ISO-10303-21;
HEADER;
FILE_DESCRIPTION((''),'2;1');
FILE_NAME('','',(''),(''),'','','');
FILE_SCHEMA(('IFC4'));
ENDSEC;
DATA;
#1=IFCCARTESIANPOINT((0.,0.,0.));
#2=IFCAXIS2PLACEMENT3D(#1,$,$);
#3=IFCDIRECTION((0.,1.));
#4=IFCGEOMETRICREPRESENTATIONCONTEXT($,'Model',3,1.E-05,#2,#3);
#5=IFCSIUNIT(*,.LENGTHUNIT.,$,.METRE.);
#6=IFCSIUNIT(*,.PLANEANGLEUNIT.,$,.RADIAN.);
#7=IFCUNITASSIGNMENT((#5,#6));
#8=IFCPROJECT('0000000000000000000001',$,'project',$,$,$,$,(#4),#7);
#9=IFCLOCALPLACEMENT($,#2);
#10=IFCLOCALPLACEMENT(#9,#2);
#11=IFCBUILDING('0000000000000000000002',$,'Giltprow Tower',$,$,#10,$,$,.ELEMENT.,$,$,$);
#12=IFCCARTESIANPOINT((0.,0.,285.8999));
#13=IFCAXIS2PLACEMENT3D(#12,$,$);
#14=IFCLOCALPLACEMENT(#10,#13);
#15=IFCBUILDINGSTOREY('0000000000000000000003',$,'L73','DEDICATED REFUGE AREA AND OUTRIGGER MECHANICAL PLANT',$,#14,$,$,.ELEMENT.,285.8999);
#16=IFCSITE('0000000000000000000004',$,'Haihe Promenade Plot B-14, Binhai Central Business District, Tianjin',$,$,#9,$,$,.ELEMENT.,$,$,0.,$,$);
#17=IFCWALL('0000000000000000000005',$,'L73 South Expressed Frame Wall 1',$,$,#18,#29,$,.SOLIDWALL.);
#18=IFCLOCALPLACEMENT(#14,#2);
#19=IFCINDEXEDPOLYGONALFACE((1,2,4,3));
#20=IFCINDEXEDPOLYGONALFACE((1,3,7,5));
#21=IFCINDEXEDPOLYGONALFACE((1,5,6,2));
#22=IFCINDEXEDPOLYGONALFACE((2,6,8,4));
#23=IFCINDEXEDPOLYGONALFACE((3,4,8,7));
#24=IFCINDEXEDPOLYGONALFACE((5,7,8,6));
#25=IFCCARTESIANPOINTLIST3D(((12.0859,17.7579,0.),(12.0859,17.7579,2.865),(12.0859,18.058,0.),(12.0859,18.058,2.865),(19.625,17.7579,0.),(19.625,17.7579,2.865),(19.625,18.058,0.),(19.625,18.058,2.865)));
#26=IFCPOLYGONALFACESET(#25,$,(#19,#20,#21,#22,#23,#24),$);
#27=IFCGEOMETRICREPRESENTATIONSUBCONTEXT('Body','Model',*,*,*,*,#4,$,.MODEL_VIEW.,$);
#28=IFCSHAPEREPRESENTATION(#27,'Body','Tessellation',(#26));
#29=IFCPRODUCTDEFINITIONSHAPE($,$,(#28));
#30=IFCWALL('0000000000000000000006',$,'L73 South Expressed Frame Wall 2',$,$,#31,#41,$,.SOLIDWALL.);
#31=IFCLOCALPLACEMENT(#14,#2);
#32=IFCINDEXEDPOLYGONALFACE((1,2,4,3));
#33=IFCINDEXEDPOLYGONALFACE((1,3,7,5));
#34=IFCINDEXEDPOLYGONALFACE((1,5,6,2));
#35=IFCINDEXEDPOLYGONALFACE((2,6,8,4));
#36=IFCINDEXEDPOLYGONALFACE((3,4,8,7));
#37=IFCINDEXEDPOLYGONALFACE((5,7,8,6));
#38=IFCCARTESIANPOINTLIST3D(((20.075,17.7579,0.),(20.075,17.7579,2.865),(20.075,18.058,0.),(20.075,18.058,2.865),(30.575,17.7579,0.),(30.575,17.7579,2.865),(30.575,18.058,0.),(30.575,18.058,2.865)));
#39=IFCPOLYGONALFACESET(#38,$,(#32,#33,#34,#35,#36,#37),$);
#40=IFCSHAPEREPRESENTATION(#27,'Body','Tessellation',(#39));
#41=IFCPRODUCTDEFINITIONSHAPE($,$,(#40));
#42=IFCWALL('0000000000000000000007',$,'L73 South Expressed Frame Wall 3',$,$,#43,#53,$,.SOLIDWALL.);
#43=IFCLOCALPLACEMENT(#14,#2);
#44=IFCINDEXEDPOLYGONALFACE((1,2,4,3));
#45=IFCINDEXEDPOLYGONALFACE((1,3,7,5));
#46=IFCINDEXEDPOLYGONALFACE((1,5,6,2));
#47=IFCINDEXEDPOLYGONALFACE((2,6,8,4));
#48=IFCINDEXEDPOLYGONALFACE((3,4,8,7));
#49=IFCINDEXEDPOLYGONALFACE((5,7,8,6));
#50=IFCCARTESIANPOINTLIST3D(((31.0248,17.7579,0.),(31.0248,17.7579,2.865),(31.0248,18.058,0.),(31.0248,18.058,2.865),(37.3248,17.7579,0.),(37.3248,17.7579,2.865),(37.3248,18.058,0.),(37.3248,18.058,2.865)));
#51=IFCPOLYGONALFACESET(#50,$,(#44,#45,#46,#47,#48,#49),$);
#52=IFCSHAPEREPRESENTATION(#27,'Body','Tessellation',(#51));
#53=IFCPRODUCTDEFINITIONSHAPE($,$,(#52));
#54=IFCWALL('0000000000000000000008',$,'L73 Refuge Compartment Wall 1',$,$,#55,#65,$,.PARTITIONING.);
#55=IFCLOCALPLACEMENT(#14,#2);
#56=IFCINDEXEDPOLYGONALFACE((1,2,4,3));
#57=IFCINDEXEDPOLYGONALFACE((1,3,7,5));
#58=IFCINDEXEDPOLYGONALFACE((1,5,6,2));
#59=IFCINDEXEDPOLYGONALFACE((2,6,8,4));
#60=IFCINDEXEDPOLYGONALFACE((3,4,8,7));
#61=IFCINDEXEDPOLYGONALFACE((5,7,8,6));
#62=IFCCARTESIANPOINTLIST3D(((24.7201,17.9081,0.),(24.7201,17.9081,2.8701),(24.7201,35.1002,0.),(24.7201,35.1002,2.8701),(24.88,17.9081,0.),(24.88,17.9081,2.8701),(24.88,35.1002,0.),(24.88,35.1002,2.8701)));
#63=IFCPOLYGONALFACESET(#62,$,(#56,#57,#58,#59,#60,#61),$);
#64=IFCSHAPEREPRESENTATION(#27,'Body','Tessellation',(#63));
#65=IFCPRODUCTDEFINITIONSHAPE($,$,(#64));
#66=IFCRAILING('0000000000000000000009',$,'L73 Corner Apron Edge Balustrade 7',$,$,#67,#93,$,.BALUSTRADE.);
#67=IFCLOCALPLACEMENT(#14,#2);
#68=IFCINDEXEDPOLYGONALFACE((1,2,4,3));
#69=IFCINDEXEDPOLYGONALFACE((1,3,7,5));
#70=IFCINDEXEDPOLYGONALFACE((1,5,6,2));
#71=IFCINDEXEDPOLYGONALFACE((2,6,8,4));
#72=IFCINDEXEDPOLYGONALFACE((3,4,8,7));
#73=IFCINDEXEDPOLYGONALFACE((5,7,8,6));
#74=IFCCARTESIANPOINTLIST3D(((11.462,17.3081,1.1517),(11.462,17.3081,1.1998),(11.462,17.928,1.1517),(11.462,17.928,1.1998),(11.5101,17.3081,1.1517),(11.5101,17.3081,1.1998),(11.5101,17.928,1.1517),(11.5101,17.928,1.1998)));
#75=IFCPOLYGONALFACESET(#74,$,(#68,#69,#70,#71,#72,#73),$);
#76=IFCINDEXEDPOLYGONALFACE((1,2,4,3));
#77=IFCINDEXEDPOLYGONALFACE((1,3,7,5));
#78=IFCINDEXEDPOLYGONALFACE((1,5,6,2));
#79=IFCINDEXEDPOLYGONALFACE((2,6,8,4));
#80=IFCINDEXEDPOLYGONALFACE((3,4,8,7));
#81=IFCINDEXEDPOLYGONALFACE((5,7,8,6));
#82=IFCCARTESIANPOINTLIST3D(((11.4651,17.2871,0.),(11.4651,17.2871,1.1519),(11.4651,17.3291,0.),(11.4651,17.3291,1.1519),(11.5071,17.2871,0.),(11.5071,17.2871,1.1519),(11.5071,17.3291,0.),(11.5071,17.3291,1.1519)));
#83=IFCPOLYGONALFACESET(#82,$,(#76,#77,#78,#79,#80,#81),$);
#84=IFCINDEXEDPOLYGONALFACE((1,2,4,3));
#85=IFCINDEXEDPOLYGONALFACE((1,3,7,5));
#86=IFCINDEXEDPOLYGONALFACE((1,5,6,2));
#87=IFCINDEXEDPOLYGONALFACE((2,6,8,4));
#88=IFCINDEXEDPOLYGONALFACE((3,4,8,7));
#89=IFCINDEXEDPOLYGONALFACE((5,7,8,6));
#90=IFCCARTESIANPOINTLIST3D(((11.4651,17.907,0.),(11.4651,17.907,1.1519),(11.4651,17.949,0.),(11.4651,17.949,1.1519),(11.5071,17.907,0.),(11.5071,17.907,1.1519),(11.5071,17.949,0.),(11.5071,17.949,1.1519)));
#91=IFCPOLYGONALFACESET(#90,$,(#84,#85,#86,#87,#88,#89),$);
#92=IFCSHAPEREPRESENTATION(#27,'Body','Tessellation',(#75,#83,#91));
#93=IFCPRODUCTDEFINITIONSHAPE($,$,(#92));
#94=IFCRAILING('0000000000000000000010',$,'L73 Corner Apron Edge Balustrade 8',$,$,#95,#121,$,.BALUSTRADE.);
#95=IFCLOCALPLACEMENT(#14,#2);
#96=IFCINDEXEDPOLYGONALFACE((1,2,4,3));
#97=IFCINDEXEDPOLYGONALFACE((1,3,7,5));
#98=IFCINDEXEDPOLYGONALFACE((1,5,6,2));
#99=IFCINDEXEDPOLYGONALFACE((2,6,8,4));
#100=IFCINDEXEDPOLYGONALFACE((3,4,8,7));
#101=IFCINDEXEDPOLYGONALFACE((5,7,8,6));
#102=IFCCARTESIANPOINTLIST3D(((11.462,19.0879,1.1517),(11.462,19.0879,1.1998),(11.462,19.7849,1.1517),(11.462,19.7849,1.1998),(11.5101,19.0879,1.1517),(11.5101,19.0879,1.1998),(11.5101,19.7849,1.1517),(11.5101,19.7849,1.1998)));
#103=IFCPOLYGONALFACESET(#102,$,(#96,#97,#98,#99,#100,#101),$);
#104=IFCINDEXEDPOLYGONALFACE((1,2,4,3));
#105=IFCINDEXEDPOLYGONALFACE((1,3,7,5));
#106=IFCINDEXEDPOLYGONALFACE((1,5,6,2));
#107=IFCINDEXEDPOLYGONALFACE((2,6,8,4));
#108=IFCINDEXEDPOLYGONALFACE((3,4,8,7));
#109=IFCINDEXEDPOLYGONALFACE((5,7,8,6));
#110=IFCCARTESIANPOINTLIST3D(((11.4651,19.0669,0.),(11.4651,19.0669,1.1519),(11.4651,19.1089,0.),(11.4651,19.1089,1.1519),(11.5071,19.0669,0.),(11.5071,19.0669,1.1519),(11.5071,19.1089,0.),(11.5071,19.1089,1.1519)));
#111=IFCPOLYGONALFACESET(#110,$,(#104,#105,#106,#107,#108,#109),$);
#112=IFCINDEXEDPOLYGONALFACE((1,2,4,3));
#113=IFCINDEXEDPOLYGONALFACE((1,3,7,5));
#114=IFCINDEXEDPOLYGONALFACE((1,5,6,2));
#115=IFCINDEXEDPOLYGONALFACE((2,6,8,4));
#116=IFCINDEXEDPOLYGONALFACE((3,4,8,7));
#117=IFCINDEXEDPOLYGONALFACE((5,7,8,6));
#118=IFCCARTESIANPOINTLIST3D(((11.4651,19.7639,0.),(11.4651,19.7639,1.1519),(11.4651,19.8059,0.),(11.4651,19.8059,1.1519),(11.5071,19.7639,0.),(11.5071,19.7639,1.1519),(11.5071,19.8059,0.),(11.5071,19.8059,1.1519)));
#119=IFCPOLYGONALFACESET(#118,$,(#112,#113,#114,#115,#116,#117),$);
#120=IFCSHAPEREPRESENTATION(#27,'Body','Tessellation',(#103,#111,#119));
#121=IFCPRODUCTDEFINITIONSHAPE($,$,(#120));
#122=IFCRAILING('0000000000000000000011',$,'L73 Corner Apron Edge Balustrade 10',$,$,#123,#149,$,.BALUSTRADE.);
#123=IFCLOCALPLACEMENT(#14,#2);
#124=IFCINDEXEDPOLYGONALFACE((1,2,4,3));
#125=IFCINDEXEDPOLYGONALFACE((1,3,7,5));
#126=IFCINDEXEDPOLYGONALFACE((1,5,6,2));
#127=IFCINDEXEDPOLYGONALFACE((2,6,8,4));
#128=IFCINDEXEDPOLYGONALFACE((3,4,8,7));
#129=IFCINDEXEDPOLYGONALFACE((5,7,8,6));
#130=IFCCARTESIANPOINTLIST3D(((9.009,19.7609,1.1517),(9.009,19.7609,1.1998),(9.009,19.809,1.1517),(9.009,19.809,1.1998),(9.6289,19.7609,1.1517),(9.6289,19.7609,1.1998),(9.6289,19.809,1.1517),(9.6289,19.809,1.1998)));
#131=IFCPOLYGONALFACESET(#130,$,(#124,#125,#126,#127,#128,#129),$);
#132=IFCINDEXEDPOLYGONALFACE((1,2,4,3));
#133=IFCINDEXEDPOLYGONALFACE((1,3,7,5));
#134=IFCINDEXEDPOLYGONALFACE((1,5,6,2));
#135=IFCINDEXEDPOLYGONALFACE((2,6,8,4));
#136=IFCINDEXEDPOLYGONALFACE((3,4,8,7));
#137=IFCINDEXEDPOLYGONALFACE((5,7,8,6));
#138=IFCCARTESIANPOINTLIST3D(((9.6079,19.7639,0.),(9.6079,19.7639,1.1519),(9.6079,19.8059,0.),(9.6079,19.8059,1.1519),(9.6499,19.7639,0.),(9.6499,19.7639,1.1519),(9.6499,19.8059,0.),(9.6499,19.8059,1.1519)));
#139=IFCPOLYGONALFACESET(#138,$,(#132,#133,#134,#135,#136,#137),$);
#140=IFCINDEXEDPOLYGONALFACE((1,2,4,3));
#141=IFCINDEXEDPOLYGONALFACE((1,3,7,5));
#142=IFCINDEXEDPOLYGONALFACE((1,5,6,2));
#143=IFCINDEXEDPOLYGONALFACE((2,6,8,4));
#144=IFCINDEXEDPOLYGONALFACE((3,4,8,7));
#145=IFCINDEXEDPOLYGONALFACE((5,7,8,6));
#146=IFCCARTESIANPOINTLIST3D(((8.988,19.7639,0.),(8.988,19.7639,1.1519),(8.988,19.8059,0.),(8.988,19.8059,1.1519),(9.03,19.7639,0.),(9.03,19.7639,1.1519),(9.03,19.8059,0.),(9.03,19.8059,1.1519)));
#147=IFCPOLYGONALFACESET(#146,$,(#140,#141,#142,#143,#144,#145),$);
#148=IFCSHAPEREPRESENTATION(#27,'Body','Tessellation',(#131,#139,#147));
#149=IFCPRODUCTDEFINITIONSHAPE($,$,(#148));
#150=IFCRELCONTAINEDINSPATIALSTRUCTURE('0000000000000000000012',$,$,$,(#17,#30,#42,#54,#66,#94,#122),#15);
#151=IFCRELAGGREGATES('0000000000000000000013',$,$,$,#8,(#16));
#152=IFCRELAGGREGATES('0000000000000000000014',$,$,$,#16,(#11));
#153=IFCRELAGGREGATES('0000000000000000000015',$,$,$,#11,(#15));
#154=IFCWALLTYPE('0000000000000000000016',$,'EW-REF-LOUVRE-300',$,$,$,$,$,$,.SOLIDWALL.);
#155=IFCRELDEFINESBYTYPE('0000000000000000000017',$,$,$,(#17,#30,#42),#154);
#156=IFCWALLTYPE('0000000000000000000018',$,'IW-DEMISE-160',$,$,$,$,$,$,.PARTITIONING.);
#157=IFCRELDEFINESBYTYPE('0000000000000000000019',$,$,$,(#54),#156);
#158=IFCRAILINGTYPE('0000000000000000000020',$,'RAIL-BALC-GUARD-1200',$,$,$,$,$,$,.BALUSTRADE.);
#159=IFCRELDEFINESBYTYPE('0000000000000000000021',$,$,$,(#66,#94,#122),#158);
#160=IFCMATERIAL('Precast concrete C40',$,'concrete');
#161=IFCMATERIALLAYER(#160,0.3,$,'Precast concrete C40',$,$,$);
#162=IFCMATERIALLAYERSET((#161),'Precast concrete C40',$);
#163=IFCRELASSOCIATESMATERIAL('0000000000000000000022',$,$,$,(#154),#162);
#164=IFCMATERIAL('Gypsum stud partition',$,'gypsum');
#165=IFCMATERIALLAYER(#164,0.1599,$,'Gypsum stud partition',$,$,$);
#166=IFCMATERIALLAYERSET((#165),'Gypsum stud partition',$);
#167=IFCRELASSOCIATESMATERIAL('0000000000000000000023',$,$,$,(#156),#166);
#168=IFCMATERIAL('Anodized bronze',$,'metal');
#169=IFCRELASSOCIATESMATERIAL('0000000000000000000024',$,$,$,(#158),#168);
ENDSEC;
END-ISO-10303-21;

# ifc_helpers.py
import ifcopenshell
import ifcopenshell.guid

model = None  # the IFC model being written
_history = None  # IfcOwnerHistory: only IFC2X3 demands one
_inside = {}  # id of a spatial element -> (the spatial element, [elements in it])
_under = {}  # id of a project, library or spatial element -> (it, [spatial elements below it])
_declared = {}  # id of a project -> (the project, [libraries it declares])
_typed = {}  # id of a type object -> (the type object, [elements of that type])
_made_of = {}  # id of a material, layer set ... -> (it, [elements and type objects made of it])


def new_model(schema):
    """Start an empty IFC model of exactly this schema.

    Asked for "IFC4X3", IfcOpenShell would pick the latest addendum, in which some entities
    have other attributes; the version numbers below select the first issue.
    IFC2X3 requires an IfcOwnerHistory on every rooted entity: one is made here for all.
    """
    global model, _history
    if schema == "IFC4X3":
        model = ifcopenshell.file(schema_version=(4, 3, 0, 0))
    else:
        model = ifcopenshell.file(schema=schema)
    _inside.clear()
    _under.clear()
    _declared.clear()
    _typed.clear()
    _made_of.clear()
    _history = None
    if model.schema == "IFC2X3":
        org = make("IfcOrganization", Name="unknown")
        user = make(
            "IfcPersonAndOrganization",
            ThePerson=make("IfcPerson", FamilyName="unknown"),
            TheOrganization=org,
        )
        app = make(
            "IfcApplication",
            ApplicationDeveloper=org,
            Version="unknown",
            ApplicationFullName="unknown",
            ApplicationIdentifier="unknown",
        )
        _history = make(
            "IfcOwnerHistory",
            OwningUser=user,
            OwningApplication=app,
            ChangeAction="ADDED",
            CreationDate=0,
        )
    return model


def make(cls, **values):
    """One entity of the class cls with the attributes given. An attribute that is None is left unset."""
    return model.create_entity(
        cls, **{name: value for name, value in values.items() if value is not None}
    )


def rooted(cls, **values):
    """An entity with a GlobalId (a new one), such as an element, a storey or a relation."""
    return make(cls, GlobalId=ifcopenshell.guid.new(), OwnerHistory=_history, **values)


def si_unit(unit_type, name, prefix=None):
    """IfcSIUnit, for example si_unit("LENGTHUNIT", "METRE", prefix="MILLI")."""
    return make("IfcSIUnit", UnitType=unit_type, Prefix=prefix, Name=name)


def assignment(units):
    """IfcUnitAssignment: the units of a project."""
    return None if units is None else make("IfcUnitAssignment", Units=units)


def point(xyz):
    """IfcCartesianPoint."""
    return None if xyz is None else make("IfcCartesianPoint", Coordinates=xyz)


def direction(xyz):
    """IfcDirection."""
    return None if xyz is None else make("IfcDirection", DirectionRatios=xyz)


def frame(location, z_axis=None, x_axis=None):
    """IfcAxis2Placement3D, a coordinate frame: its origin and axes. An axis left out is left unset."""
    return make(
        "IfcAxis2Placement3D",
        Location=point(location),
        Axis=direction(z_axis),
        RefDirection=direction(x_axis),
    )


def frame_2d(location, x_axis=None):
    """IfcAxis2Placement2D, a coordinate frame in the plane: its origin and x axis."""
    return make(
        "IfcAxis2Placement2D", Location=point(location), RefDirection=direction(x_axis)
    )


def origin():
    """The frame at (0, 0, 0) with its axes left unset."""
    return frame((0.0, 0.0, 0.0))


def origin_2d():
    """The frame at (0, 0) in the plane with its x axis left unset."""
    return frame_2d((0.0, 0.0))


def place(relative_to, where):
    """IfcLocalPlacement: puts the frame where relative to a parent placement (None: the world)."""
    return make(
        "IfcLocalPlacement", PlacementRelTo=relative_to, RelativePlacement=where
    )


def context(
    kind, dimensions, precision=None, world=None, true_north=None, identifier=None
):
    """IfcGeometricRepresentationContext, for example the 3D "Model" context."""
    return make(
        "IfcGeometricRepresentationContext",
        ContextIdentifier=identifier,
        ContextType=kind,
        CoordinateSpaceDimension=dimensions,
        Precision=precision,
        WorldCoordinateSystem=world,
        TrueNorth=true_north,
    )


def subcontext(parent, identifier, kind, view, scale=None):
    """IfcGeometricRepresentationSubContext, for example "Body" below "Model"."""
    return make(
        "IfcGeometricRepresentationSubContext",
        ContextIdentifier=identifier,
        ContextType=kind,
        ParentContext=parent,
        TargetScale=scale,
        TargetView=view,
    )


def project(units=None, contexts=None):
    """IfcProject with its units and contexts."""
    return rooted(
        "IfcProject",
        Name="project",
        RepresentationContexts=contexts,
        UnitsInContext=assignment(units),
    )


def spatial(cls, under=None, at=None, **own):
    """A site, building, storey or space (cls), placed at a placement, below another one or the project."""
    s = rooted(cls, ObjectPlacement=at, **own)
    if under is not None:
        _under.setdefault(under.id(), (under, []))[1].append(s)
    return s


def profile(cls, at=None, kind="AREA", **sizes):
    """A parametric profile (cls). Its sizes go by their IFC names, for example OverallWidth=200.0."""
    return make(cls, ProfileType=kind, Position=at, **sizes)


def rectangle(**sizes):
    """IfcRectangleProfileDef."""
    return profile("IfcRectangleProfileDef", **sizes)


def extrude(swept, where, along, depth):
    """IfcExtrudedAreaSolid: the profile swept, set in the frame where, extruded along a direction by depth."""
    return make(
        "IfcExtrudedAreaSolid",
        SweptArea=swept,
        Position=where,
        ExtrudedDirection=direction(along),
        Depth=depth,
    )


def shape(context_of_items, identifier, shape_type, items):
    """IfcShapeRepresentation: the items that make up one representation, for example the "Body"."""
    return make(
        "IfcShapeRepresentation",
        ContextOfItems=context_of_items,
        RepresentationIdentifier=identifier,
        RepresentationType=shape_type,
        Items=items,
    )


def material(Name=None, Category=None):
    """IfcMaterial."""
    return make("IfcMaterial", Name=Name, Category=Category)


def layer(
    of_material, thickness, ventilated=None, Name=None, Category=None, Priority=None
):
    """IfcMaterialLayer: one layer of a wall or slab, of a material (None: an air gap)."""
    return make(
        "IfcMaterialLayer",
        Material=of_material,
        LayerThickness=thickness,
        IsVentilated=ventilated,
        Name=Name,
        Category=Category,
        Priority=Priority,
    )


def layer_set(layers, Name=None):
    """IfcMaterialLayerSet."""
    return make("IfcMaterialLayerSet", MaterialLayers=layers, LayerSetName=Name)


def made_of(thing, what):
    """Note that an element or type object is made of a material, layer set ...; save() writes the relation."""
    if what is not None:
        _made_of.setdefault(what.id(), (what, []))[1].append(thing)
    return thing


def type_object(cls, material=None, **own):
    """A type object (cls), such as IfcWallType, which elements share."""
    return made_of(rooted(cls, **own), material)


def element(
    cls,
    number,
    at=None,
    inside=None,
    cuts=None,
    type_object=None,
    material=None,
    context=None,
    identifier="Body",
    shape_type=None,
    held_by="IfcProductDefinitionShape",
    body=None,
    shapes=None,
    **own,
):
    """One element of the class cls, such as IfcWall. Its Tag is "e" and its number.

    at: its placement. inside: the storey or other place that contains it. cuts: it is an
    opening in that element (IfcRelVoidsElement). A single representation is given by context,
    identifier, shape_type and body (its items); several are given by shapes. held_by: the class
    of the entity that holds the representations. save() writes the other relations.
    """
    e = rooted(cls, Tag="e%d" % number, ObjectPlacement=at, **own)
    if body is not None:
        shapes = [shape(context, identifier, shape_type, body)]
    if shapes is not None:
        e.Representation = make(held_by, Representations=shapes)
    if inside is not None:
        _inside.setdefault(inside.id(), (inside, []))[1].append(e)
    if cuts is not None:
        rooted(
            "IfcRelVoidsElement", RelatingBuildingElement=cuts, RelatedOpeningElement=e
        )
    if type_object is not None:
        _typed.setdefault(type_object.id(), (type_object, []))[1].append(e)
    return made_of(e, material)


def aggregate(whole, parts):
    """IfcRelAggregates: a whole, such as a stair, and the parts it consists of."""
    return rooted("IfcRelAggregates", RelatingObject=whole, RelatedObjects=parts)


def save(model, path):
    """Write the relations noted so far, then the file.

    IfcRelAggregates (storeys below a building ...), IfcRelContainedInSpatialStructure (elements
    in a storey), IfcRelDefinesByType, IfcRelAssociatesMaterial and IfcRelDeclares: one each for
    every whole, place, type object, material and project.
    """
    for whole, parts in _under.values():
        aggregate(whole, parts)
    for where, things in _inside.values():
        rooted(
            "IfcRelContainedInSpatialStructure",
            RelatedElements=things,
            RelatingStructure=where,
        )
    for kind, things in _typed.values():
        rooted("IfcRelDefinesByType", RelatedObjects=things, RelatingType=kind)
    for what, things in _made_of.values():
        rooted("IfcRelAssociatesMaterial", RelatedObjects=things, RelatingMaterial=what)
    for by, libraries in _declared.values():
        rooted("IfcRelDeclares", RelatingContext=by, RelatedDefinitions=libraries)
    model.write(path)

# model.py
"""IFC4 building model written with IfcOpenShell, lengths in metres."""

from ifc_helpers import new_model, si_unit, direction, frame, frame_2d, origin, origin_2d, place, context, subcontext, project, spatial, rectangle, extrude, material, layer, layer_set, type_object, element, save


model = new_model("IFC4")

# Units and contexts
model_context = context("Model", 3, precision=1e-05, world=origin(), true_north=direction((0.0, 1.0)))
body_context = subcontext(model_context, "Body", "Model", "MODEL_VIEW")
ifc_project = project(units=[si_unit("LENGTHUNIT", "METRE"), si_unit("PLANEANGLEUNIT", "RADIAN")], contexts=[model_context])

# Site, building, storey
site_placement = place(None, origin())
site = spatial("IfcSite", under=ifc_project, at=site_placement, Name="Haihe Promenade Plot B-14, Binhai Central Business District, Tianjin", CompositionType="ELEMENT", RefElevation=0.0)
building_placement = place(site_placement, origin())
building = spatial("IfcBuilding", under=site, at=building_placement, Name="Giltprow Tower", CompositionType="ELEMENT")
storey_placement = place(building_placement, frame((0.0, 0.0, 285.8999)))
storey = spatial("IfcBuildingStorey", under=building, at=storey_placement, Name="L73", Description="DEDICATED REFUGE AREA AND OUTRIGGER MECHANICAL PLANT", CompositionType="ELEMENT", Elevation=285.8999)

# Walls
ifc_material_1 = material(Name="Precast concrete C40", Category="concrete")
ifc_layer_1 = layer(ifc_material_1, 0.3, Name="Precast concrete C40")
ifc_layer_set_1 = layer_set([ifc_layer_1], Name="Precast concrete C40")
wall_type_1 = type_object("IfcWallType", Name="EW-REF-LOUVRE-300", PredefinedType="SOLIDWALL", material=ifc_layer_set_1)
wall_1_placement = place(storey_placement, frame((12.0859, 17.908, 0.0), z_axis=(0.0, 0.0, 1.0), x_axis=(1.0, 0.0, 0.0)))
element("IfcWall", 1, at=wall_1_placement, inside=storey, type_object=wall_type_1, Name="L73 South Expressed Frame Wall 1", PredefinedType="SOLIDWALL", context=body_context, shape_type="SweptSolid", body=[
    extrude(rectangle(XDim=7.5391, YDim=0.3, at=frame_2d((3.7695, 0.0))), origin(), (0.0, 0.0, 1.0), 2.865),
])
wall_2_placement = place(storey_placement, frame((20.075, 17.908, 0.0), z_axis=(0.0, 0.0, 1.0), x_axis=(1.0, 0.0, 0.0)))
element("IfcWall", 2, at=wall_2_placement, inside=storey, type_object=wall_type_1, Name="L73 South Expressed Frame Wall 2", PredefinedType="SOLIDWALL", context=body_context, shape_type="SweptSolid", body=[
    extrude(rectangle(XDim=10.5, YDim=0.3, at=frame_2d((5.25, 0.0))), origin(), (0.0, 0.0, 1.0), 2.865),
])
wall_3_placement = place(storey_placement, frame((31.0249, 17.908, 0.0), z_axis=(0.0, 0.0, 1.0), x_axis=(1.0, 0.0, 0.0)))
element("IfcWall", 3, at=wall_3_placement, inside=storey, type_object=wall_type_1, Name="L73 South Expressed Frame Wall 3", PredefinedType="SOLIDWALL", context=body_context, shape_type="SweptSolid", body=[
    extrude(rectangle(XDim=6.3, YDim=0.3, at=frame_2d((3.1499, 0.0))), origin(), (0.0, 0.0, 1.0), 2.865),
])
ifc_material_2 = material(Name="Gypsum stud partition", Category="gypsum")
ifc_layer_2 = layer(ifc_material_2, 0.1599, Name="Gypsum stud partition")
ifc_layer_set_2 = layer_set([ifc_layer_2], Name="Gypsum stud partition")
wall_type_2 = type_object("IfcWallType", Name="IW-DEMISE-160", PredefinedType="PARTITIONING", material=ifc_layer_set_2)
wall_4_placement = place(storey_placement, frame((24.8, 17.908, 0.0), z_axis=(0.0, 0.0, 1.0), x_axis=(0.0, 1.0, 0.0)))
element("IfcWall", 4, at=wall_4_placement, inside=storey, type_object=wall_type_2, Name="L73 Refuge Compartment Wall 1", PredefinedType="PARTITIONING", context=body_context, shape_type="SweptSolid", body=[
    extrude(rectangle(XDim=17.1921, YDim=0.1599, at=frame_2d((8.5962, 0.0))), origin(), (0.0, 0.0, 1.0), 2.8701),
])

# Railings
ifc_material_3 = material(Name="Anodized bronze", Category="metal")
railing_type = type_object("IfcRailingType", Name="RAIL-BALC-GUARD-1200", PredefinedType="BALUSTRADE", material=ifc_material_3)
railing_1_placement = place(storey_placement, frame((11.4861, 17.3081, 0.0)))
element("IfcRailing", 5, at=railing_1_placement, inside=storey, type_object=railing_type, Name="L73 Corner Apron Edge Balustrade 7", PredefinedType="BALUSTRADE", context=body_context, shape_type="SweptSolid", body=[
    extrude(rectangle(XDim=0.0481, YDim=0.0481, at=origin_2d()), frame((0.0, 0.0, 1.1758), z_axis=(0.0, 1.0, 0.0), x_axis=(-1.0, 0.0, 0.0)), (0.0, 0.0, 1.0), 0.6199),
    extrude(rectangle(XDim=0.042, YDim=0.042, at=origin_2d()), origin(), (0.0, 0.0, 1.0), 1.1519),
    extrude(rectangle(XDim=0.042, YDim=0.042, at=origin_2d()), frame((0.0, 0.6199, 0.0)), (0.0, 0.0, 1.0), 1.1519),
])
railing_2_placement = place(storey_placement, frame((11.4861, 19.0879, 0.0)))
element("IfcRailing", 6, at=railing_2_placement, inside=storey, type_object=railing_type, Name="L73 Corner Apron Edge Balustrade 8", PredefinedType="BALUSTRADE", context=body_context, shape_type="SweptSolid", body=[
    extrude(rectangle(XDim=0.0481, YDim=0.0481, at=origin_2d()), frame((0.0, 0.0, 1.1758), z_axis=(0.0, 1.0, 0.0), x_axis=(-1.0, 0.0, 0.0)), (0.0, 0.0, 1.0), 0.697),
    extrude(rectangle(XDim=0.042, YDim=0.042, at=origin_2d()), origin(), (0.0, 0.0, 1.0), 1.1519),
    extrude(rectangle(XDim=0.042, YDim=0.042, at=origin_2d()), frame((0.0, 0.697, 0.0)), (0.0, 0.0, 1.0), 1.1519),
])
railing_3_placement = place(storey_placement, frame((9.6289, 19.7849, 0.0)))
element("IfcRailing", 7, at=railing_3_placement, inside=storey, type_object=railing_type, Name="L73 Corner Apron Edge Balustrade 10", PredefinedType="BALUSTRADE", context=body_context, shape_type="SweptSolid", body=[
    extrude(rectangle(XDim=0.0481, YDim=0.0481, at=origin_2d()), frame((0.0, 0.0, 1.1758), z_axis=(-1.0, 0.0, 0.0), x_axis=(0.0, -1.0, 0.0)), (0.0, 0.0, 1.0), 0.6199),
    extrude(rectangle(XDim=0.042, YDim=0.042, at=origin_2d()), origin(), (0.0, 0.0, 1.0), 1.1519),
    extrude(rectangle(XDim=0.042, YDim=0.042, at=origin_2d()), frame((-0.6199, 0.0, 0.0)), (0.0, 0.0, 1.0), 1.1519),
])

save(model, "model.ifc")
